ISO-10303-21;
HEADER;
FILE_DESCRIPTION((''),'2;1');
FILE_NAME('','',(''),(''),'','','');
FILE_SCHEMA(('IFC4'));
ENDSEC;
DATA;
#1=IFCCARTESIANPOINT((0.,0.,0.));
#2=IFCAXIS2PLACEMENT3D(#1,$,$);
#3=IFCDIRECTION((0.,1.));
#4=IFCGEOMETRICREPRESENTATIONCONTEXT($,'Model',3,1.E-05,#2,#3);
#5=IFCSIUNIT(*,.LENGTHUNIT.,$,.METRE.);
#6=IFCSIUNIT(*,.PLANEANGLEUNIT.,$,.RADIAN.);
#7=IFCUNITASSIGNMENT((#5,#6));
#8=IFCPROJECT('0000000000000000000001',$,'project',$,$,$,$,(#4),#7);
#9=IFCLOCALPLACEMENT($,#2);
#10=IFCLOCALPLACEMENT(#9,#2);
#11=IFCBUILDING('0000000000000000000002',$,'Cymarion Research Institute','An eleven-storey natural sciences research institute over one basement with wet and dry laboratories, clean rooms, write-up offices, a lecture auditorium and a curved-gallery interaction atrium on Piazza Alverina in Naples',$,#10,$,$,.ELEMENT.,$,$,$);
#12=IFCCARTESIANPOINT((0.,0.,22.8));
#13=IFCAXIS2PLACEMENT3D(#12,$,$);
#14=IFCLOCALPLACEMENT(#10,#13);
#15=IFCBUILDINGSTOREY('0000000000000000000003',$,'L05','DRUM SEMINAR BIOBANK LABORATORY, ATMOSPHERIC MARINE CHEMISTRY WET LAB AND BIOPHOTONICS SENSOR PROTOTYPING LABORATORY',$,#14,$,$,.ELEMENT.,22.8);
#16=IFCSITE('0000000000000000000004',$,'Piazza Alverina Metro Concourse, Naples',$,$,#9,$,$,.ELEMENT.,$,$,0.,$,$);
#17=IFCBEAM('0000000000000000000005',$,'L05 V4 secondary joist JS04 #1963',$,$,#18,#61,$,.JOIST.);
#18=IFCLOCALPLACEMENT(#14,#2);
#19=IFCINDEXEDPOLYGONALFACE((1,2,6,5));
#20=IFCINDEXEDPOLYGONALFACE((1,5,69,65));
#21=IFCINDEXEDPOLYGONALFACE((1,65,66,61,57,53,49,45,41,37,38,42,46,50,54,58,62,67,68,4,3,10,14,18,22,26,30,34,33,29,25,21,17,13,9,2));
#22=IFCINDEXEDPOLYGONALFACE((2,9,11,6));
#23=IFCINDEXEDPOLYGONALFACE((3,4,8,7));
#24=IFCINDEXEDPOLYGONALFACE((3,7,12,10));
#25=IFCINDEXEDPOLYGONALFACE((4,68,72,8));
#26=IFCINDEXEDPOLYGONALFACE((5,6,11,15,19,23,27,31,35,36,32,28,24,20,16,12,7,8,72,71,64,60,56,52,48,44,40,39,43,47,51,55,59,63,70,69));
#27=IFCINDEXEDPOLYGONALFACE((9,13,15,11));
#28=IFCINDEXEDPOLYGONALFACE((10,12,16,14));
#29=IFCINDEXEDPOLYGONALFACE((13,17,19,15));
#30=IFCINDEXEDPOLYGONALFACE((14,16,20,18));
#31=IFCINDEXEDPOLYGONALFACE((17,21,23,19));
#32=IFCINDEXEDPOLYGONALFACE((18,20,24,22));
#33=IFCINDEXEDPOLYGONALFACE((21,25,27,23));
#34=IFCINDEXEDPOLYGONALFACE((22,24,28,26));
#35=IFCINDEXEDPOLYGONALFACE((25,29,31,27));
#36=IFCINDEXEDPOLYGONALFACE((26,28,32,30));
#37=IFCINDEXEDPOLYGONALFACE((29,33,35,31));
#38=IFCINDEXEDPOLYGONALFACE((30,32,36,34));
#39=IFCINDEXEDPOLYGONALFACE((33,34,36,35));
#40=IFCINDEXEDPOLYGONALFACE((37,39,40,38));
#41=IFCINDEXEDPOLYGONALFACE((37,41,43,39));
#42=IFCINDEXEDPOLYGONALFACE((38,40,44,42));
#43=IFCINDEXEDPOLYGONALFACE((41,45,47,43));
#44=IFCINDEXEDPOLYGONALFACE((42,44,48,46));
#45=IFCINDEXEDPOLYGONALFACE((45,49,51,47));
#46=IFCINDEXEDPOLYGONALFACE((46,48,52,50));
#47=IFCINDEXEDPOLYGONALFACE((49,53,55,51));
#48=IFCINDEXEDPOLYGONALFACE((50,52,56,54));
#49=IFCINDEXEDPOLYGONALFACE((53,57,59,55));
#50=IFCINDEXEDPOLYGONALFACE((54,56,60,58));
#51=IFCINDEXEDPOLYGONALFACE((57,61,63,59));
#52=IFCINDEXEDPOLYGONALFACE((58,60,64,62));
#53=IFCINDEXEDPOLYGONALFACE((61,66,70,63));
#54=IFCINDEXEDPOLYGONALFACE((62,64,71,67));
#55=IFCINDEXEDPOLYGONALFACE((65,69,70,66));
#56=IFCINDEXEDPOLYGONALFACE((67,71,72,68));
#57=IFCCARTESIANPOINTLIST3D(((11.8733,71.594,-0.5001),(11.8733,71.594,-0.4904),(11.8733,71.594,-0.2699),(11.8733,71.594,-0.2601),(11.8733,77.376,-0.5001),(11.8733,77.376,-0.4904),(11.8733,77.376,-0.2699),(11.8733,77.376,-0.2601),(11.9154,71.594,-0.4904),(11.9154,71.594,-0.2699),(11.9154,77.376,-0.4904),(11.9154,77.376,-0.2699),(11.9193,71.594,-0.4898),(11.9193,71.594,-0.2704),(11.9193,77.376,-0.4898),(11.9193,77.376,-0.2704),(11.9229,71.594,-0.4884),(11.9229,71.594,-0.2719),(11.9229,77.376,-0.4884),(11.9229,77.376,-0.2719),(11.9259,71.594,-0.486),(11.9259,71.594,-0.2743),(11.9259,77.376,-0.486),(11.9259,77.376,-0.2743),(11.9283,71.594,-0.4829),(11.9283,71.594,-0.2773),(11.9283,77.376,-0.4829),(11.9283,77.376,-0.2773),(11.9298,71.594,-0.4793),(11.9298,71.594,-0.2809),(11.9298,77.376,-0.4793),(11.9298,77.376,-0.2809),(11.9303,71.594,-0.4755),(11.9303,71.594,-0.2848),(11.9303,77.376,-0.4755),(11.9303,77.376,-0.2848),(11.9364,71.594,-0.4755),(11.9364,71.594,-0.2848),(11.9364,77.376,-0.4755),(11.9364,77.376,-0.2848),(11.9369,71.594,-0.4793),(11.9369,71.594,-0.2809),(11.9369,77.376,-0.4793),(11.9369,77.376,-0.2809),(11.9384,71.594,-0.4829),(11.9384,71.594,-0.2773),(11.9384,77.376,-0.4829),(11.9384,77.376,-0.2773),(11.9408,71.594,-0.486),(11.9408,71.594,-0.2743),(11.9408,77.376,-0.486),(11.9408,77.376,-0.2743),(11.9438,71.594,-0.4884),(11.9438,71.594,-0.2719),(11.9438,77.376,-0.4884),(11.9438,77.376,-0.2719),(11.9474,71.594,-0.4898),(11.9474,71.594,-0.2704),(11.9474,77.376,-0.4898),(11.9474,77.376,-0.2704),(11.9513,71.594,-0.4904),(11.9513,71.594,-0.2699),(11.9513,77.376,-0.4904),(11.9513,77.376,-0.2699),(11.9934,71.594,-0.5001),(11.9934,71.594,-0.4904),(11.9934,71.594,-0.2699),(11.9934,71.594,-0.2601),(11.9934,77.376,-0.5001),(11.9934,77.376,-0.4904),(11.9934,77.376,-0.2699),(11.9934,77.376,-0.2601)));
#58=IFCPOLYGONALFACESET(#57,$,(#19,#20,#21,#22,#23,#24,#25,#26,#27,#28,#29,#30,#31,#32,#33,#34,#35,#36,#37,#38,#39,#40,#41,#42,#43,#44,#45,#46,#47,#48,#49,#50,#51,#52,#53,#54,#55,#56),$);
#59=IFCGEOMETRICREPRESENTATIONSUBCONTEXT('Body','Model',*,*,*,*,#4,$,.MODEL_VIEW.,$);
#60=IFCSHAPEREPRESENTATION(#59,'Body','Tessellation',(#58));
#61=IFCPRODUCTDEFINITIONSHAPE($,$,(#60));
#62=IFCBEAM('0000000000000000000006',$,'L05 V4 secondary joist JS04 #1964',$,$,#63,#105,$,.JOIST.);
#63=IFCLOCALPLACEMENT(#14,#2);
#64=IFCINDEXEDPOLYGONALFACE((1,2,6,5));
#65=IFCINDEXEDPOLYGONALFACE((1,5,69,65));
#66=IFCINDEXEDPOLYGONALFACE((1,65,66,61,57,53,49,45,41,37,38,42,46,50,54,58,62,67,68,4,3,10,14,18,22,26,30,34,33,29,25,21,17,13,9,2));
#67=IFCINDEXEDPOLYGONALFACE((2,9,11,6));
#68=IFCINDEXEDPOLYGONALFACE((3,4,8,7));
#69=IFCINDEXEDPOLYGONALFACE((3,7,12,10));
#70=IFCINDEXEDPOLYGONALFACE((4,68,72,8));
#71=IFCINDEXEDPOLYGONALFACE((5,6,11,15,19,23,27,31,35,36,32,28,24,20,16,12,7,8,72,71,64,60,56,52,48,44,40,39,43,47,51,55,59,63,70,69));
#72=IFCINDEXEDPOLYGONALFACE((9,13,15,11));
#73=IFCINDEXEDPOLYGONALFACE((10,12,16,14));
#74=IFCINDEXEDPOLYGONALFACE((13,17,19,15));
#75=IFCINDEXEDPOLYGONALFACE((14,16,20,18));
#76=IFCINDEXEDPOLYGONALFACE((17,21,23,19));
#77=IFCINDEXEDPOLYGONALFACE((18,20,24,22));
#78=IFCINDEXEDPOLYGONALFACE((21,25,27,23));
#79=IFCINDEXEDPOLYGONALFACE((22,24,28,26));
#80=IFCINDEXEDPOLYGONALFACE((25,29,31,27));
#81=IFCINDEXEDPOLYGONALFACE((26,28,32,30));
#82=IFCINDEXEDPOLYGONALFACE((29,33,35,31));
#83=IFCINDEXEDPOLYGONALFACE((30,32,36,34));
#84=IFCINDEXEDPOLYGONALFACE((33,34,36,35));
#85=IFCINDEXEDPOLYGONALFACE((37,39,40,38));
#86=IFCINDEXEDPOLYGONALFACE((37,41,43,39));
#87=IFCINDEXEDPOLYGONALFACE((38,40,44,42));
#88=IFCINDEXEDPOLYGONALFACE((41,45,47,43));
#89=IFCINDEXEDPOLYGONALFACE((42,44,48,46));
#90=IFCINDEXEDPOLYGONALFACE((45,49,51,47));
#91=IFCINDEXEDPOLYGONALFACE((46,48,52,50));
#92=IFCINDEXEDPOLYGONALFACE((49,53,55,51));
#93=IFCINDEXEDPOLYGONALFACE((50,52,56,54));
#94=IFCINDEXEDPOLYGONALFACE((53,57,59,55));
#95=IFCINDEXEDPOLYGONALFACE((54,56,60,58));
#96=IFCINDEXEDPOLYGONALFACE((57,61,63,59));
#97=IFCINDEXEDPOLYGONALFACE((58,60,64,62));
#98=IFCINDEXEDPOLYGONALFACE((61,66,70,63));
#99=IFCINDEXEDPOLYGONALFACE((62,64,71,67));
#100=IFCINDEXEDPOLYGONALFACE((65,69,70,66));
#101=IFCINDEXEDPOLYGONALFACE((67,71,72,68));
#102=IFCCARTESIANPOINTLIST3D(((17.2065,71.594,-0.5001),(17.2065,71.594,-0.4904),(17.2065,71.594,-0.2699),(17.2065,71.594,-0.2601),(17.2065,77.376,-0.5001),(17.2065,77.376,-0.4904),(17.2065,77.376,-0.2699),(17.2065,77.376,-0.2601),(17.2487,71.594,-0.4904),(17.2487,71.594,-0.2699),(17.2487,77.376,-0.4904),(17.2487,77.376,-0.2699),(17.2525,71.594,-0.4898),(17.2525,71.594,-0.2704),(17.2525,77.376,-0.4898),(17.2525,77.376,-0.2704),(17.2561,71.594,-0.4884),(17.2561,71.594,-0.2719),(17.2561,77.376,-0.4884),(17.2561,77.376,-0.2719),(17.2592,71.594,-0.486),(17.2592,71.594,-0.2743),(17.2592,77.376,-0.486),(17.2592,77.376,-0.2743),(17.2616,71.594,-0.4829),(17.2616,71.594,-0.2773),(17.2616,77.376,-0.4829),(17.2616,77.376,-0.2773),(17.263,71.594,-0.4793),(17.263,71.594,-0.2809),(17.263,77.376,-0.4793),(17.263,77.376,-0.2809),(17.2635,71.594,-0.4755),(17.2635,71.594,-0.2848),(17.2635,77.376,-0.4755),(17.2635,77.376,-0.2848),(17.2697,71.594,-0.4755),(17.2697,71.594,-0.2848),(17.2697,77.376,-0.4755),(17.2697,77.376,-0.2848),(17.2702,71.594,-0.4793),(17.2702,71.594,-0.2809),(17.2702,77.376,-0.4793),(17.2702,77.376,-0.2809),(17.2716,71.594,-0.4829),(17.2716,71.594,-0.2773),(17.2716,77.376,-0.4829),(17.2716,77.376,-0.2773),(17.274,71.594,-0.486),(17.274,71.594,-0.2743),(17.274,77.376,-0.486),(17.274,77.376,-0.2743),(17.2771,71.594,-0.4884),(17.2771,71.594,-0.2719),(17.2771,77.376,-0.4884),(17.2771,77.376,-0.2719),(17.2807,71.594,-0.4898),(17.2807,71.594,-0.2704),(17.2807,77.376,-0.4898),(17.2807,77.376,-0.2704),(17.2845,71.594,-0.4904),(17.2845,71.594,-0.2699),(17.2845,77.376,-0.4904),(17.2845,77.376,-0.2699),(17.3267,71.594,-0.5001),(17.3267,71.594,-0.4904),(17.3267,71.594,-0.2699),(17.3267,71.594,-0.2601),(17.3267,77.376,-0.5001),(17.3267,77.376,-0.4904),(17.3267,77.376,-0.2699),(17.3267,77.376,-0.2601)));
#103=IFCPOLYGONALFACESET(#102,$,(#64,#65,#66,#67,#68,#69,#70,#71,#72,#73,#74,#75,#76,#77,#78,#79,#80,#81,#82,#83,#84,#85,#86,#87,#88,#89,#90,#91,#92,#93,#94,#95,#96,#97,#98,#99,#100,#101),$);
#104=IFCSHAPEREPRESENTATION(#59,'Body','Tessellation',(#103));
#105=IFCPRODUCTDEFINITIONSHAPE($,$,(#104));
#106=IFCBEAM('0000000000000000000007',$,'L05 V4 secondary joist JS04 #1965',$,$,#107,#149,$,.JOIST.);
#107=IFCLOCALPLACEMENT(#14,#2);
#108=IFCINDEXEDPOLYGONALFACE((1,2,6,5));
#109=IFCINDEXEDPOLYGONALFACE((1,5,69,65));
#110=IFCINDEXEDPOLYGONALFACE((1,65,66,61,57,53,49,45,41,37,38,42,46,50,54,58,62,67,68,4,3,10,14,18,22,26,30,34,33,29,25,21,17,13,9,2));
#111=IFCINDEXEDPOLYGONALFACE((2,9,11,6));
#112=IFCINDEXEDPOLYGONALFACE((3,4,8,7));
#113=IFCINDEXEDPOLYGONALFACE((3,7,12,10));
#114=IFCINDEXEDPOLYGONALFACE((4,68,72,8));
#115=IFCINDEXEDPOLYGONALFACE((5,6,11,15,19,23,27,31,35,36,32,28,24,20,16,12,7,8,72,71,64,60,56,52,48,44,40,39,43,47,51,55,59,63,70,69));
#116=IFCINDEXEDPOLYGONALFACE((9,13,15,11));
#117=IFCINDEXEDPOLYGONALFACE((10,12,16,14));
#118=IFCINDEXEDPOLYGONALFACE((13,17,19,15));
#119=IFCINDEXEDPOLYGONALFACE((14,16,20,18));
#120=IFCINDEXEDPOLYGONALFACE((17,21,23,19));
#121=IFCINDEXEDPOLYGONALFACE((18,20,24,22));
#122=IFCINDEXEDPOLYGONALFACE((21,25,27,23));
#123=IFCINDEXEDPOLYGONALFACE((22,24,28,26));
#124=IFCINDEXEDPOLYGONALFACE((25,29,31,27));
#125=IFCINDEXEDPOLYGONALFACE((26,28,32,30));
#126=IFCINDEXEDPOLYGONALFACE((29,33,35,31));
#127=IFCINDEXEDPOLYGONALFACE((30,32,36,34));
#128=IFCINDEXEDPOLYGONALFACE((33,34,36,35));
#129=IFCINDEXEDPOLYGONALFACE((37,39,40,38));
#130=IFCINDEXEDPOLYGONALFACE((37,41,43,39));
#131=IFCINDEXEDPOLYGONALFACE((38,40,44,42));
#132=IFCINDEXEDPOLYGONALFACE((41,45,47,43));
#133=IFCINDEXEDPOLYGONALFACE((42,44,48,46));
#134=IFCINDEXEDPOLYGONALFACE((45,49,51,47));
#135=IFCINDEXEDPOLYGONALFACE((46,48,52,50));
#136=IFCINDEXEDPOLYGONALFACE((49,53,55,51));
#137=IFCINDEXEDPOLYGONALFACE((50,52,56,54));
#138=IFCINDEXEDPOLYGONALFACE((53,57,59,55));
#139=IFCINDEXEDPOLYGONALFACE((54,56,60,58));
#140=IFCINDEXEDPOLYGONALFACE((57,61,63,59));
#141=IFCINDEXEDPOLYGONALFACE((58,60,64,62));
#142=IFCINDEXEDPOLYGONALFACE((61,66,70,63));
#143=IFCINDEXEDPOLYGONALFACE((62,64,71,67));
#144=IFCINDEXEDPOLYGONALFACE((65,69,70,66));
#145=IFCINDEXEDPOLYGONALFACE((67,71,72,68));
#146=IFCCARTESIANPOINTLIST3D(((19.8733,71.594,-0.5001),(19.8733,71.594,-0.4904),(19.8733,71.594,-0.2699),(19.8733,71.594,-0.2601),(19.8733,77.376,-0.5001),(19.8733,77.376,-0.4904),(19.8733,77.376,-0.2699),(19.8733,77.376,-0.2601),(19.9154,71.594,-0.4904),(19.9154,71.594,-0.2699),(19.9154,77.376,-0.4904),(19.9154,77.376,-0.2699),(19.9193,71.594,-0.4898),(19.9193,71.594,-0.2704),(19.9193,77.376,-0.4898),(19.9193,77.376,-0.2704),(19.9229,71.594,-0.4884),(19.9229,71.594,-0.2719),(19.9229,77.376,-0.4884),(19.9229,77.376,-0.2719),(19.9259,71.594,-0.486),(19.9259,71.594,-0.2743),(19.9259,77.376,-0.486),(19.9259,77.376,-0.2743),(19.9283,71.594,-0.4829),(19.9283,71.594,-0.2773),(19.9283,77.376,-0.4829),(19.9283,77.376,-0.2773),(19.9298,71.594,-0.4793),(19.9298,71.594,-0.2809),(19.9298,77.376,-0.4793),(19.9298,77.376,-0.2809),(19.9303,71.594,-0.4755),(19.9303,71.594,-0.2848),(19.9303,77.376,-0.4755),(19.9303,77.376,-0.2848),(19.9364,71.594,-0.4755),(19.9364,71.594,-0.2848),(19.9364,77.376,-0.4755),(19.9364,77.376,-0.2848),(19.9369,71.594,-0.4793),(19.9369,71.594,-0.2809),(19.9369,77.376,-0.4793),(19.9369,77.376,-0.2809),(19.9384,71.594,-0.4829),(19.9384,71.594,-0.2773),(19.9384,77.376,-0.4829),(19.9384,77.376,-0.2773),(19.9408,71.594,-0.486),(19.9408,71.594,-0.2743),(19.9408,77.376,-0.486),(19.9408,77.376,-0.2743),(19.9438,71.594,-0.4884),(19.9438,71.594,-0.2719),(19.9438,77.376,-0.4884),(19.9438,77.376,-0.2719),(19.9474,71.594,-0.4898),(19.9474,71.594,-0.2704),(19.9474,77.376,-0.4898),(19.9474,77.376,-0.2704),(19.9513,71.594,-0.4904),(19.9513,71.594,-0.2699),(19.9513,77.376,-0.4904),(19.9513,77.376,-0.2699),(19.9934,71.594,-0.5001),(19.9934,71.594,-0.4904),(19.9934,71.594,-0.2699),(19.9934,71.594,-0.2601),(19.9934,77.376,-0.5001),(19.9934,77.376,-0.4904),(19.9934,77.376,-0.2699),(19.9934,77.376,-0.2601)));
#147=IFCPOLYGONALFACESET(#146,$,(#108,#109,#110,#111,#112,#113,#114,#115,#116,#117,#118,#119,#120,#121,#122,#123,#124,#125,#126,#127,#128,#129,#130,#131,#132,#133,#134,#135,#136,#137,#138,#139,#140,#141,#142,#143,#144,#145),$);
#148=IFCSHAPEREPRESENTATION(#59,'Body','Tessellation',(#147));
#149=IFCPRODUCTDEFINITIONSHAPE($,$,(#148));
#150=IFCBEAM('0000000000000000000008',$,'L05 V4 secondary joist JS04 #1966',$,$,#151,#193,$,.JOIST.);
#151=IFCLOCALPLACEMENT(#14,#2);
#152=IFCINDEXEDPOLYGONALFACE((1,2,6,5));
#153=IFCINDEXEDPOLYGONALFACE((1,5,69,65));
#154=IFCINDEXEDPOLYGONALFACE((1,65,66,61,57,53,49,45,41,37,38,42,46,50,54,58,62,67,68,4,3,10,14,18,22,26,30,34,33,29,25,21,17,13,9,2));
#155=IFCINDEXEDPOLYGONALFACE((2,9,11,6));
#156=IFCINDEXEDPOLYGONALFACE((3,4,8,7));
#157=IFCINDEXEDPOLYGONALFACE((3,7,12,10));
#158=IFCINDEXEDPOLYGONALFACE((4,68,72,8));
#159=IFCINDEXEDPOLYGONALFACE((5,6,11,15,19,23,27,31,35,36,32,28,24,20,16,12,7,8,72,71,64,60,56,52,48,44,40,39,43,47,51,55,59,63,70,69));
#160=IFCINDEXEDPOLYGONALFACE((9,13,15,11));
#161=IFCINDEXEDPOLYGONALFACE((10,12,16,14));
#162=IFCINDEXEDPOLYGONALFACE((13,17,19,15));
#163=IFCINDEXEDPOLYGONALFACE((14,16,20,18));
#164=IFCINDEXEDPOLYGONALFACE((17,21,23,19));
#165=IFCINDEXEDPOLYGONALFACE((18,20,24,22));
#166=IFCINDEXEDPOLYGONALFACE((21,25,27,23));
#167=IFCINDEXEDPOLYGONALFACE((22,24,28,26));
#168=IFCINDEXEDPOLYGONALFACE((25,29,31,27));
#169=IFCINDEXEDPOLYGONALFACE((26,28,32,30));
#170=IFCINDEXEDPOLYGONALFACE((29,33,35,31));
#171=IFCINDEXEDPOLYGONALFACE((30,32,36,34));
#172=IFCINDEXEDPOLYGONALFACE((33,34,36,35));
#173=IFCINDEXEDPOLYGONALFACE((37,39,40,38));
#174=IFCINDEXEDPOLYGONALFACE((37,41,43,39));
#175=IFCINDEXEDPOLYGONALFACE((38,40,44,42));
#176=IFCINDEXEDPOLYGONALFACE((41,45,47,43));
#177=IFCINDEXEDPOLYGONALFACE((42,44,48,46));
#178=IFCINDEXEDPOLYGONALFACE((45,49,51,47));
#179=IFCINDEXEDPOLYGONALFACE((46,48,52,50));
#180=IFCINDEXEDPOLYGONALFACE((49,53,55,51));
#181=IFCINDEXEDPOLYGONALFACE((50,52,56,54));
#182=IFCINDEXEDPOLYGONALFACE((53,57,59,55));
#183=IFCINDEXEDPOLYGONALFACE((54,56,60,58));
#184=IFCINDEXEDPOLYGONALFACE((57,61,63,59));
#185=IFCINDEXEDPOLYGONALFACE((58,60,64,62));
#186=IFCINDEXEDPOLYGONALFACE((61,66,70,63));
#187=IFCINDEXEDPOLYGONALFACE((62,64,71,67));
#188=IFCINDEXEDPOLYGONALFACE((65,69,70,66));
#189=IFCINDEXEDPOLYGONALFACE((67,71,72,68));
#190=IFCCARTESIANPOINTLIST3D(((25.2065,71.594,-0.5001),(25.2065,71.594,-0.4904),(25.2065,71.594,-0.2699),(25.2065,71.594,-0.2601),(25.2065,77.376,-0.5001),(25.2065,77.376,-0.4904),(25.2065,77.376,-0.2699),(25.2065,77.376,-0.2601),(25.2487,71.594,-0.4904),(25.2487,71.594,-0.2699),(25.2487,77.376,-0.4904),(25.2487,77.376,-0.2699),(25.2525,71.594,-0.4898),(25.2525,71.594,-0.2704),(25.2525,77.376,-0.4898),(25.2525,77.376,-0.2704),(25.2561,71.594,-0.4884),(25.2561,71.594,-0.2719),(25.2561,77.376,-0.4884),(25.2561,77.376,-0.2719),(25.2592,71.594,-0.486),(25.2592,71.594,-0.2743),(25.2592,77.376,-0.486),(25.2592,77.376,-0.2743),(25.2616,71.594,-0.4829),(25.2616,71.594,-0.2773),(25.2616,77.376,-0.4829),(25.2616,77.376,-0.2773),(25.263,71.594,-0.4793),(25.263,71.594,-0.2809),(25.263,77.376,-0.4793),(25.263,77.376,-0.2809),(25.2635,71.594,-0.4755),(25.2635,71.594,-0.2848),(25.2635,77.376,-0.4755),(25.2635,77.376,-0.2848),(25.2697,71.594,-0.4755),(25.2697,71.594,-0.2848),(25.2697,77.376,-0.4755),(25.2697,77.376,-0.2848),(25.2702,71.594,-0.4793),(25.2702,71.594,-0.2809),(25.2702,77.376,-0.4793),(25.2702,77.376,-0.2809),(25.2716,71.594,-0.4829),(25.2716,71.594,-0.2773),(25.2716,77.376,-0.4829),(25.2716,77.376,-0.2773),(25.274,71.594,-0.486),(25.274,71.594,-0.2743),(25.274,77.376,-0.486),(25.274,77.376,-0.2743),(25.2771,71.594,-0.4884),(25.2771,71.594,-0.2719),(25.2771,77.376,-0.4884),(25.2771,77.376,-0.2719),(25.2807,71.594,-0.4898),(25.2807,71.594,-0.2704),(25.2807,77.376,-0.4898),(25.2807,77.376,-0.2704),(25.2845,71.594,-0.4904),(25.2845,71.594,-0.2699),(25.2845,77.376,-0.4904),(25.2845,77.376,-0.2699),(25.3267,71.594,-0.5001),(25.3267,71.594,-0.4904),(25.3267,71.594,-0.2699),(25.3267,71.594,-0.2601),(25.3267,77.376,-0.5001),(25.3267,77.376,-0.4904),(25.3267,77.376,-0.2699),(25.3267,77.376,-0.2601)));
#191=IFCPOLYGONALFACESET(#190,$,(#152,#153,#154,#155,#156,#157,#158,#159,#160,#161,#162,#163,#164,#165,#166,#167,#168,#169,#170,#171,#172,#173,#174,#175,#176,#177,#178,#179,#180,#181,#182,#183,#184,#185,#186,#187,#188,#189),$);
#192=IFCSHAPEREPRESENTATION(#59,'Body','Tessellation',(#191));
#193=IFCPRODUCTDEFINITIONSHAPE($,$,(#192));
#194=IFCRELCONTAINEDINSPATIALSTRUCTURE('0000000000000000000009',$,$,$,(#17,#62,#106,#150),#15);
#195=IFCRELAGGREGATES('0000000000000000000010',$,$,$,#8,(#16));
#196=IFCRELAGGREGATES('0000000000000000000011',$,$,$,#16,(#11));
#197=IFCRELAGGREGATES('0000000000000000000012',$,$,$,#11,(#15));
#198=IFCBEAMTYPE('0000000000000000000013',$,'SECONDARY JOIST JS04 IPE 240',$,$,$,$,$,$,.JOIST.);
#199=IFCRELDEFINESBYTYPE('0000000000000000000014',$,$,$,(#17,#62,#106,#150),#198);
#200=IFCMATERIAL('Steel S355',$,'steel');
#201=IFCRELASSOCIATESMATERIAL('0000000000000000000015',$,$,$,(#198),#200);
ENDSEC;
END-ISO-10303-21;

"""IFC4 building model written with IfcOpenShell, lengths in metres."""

from ifc_helpers import new_model, si_unit, direction, frame, origin, origin_2d, place, context, subcontext, project, spatial, i_section, extrude, material, material_profile, profile_set, type_object, element, save


model = new_model("IFC4")

# Units and contexts
model_context = context("Model", 3, precision=1e-05, world=origin(), true_north=direction((0.0, 1.0)))
body_context = subcontext(model_context, "Body", "Model", "MODEL_VIEW")
ifc_project = project(units=[si_unit("LENGTHUNIT", "METRE"), si_unit("PLANEANGLEUNIT", "RADIAN")], contexts=[model_context])

# Site, building, storey
site_placement = place(None, origin())
site = spatial("IfcSite", under=ifc_project, at=site_placement, Name="Piazza Alverina Metro Concourse, Naples", CompositionType="ELEMENT", RefElevation=0.0)
building_placement = place(site_placement, origin())
building = spatial("IfcBuilding", under=site, at=building_placement, Name="Cymarion Research Institute", Description="An eleven-storey natural sciences research institute over one basement with wet and dry laboratories, clean rooms, write-up offices, a lecture auditorium and a curved-gallery interaction atrium on Piazza Alverina in Naples", CompositionType="ELEMENT")
storey_placement = place(building_placement, frame((0.0, 0.0, 22.8)))
storey = spatial("IfcBuildingStorey", under=building, at=storey_placement, Name="L05", Description="DRUM SEMINAR BIOBANK LABORATORY, ATMOSPHERIC MARINE CHEMISTRY WET LAB AND BIOPHOTONICS SENSOR PROTOTYPING LABORATORY", CompositionType="ELEMENT", Elevation=22.8)

# Shared definitions
ifc_material_1 = material(Name="Steel S355", Category="steel")

# Beams
ifc_material_profile_1 = material_profile(ifc_material_1, i_section(OverallWidth=0.1201, OverallDepth=0.24, WebThickness=0.0061, FlangeThickness=0.0098, FilletRadius=0.0149, at=origin_2d()), Name="IPE 240")
ifc_profile_set_1 = profile_set([ifc_material_profile_1], Name="Steel S355")
beam_type_1 = type_object("IfcBeamType", Name="SECONDARY JOIST JS04 IPE 240", PredefinedType="JOIST", material=ifc_profile_set_1)
for number, where, z_axis, x_axis, name in (
    (1, (11.9333, 71.594, -0.3801), (0.0, 1.0, 0.0), (-1.0, 0.0, 0.0), "L05 V4 secondary joist JS04 #1963"),
    (2, (17.2666, 71.594, -0.3801), (0.0, 1.0, 0.0), (-1.0, 0.0, 0.0), "L05 V4 secondary joist JS04 #1964"),
    (3, (19.9333, 71.594, -0.3801), (0.0, 1.0, 0.0), (-1.0, 0.0, 0.0), "L05 V4 secondary joist JS04 #1965"),
    (4, (25.2666, 71.594, -0.3801), (0.0, 1.0, 0.0), (-1.0, 0.0, 0.0), "L05 V4 secondary joist JS04 #1966"),
):
    element("IfcBeam", number, at=place(storey_placement, frame(where, z_axis=z_axis, x_axis=x_axis)), inside=storey, type_object=beam_type_1, Name=name, PredefinedType="JOIST", context=body_context, shape_type="SweptSolid", body=[
        extrude(i_section(OverallWidth=0.1201, OverallDepth=0.24, WebThickness=0.0061, FlangeThickness=0.0098, FilletRadius=0.0149, at=origin_2d()), origin(), (0.0, 0.0, 1.0), 5.782),
    ])

save(model, "model.ifc")
